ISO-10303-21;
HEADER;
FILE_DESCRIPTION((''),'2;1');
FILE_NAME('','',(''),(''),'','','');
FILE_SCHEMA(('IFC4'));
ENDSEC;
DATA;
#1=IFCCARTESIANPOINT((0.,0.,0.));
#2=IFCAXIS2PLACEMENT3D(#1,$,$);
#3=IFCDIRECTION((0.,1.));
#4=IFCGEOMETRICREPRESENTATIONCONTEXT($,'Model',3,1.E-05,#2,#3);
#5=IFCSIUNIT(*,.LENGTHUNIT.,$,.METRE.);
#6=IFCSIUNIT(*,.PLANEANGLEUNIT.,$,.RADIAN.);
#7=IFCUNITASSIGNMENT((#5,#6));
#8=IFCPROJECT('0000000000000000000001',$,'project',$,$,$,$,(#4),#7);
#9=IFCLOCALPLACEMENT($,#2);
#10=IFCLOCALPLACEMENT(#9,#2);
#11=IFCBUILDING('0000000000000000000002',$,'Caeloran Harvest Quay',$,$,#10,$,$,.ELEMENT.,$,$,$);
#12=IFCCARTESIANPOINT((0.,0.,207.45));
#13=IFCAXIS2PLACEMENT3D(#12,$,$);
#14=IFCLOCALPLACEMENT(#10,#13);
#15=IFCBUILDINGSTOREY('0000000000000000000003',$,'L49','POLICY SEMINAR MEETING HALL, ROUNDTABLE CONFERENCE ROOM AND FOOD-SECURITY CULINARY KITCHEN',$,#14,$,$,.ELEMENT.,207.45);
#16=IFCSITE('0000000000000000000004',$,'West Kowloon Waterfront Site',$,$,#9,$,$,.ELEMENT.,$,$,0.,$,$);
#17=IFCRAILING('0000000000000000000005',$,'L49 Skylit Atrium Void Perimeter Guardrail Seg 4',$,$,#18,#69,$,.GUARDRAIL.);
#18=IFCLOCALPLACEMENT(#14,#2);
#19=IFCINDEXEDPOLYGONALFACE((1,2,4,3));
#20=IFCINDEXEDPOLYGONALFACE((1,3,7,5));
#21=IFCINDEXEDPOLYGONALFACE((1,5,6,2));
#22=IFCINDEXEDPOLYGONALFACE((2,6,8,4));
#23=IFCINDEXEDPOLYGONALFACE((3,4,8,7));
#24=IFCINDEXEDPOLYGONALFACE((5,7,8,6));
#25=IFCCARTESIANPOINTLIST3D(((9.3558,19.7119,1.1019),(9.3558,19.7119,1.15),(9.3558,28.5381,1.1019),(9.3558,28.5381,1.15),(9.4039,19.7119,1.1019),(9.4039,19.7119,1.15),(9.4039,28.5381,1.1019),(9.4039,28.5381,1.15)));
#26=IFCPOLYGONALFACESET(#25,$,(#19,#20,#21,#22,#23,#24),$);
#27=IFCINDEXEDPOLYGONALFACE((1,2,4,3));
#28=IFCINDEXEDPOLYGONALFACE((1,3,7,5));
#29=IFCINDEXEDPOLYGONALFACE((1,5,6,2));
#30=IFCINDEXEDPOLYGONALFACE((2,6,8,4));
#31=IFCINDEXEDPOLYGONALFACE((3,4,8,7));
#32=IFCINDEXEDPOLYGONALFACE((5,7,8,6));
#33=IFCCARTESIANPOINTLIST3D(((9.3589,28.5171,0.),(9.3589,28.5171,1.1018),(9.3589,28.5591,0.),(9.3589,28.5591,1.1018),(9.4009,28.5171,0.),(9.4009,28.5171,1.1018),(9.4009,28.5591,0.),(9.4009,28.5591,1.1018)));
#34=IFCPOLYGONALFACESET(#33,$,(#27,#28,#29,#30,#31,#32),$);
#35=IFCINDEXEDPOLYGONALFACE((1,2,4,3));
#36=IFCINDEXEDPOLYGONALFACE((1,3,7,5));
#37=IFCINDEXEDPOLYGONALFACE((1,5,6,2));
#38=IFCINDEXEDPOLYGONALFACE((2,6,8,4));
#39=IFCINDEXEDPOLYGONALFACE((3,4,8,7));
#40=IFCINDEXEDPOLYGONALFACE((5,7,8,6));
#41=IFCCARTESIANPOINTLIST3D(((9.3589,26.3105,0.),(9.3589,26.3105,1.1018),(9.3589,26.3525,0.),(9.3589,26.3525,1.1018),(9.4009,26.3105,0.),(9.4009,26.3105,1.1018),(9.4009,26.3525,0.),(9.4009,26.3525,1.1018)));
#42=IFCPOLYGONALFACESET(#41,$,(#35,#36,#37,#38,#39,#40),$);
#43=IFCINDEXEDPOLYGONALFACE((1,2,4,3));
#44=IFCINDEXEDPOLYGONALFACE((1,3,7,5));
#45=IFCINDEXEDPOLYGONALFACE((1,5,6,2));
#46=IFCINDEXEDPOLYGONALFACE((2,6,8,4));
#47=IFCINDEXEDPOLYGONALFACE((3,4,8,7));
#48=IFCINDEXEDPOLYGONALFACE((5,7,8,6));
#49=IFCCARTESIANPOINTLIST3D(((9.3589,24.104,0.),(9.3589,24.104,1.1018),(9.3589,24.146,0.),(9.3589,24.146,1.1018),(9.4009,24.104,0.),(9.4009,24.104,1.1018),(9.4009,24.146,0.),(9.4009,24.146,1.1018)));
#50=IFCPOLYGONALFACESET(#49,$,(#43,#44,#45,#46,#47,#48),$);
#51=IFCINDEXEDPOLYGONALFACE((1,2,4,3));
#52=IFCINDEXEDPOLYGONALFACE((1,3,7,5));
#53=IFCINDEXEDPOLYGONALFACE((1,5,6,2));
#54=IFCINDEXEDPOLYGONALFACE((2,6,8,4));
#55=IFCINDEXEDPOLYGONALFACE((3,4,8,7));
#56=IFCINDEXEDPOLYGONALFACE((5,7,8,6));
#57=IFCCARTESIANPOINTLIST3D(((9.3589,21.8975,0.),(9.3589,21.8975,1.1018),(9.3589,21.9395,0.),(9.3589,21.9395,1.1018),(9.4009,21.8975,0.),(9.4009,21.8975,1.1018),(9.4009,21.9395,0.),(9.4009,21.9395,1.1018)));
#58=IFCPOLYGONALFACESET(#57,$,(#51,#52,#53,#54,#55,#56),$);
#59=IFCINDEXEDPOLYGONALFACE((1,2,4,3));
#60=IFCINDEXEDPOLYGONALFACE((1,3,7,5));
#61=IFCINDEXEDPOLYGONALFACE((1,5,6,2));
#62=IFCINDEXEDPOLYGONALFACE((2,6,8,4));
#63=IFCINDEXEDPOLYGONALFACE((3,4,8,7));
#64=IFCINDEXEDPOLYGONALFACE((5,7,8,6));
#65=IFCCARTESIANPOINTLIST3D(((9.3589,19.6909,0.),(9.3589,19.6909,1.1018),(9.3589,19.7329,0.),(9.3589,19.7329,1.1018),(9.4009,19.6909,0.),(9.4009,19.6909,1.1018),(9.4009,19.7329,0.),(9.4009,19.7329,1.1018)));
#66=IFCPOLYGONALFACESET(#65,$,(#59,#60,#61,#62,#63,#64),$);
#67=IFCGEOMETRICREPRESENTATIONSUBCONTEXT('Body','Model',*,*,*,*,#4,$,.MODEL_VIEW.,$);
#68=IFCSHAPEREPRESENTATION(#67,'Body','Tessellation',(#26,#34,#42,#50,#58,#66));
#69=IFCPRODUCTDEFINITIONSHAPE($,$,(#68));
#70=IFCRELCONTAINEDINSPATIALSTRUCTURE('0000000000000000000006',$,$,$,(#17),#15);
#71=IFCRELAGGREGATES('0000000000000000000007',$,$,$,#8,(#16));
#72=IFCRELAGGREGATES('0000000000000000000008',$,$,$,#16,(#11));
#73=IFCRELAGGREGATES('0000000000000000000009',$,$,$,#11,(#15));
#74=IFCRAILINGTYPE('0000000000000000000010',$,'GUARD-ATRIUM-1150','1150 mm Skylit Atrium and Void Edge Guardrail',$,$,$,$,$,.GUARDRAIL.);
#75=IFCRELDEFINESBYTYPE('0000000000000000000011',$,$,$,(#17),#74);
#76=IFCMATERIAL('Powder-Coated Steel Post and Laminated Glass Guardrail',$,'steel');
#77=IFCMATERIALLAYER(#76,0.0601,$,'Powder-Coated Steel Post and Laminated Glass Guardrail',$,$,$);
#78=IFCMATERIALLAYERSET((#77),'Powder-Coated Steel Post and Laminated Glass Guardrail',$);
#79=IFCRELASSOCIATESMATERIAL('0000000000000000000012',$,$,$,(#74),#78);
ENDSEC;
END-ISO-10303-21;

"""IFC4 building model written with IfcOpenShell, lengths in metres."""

from ifc_helpers import new_model, si_unit, direction, frame, origin, origin_2d, place, context, subcontext, project, spatial, rectangle, extrude, material, layer, layer_set, type_object, element, save


model = new_model("IFC4")

# Units and contexts
model_context = context("Model", 3, precision=1e-05, world=origin(), true_north=direction((0.0, 1.0)))
body_context = subcontext(model_context, "Body", "Model", "MODEL_VIEW")
ifc_project = project(units=[si_unit("LENGTHUNIT", "METRE"), si_unit("PLANEANGLEUNIT", "RADIAN")], contexts=[model_context])

# Site, building, storey
site_placement = place(None, origin())
site = spatial("IfcSite", under=ifc_project, at=site_placement, Name="West Kowloon Waterfront Site", CompositionType="ELEMENT", RefElevation=0.0)
building_placement = place(site_placement, origin())
building = spatial("IfcBuilding", under=site, at=building_placement, Name="Caeloran Harvest Quay", CompositionType="ELEMENT")
storey_placement = place(building_placement, frame((0.0, 0.0, 207.45)))
storey = spatial("IfcBuildingStorey", under=building, at=storey_placement, Name="L49", Description="POLICY SEMINAR MEETING HALL, ROUNDTABLE CONFERENCE ROOM AND FOOD-SECURITY CULINARY KITCHEN", CompositionType="ELEMENT", Elevation=207.45)

# Railing
ifc_material_1 = material(Name="Powder-Coated Steel Post and Laminated Glass Guardrail", Category="steel")
ifc_layer_1 = layer(ifc_material_1, 0.0601, Name="Powder-Coated Steel Post and Laminated Glass Guardrail")
ifc_layer_set_1 = layer_set([ifc_layer_1], Name="Powder-Coated Steel Post and Laminated Glass Guardrail")
railing_type = type_object("IfcRailingType", Name="GUARD-ATRIUM-1150", Description="1150 mm Skylit Atrium and Void Edge Guardrail", PredefinedType="GUARDRAIL", material=ifc_layer_set_1)
railing_1_placement = place(storey_placement, frame((9.3799, 28.5381, 0.0)))
element("IfcRailing", 1, at=railing_1_placement, inside=storey, type_object=railing_type, Name="L49 Skylit Atrium Void Perimeter Guardrail Seg 4", PredefinedType="GUARDRAIL", context=body_context, shape_type="SweptSolid", body=[
    extrude(rectangle(XDim=0.0481, YDim=0.0481, at=origin_2d()), frame((0.0, 0.0, 1.126), z_axis=(0.0, -1.0, 0.0), x_axis=(1.0, 0.0, 0.0)), (0.0, 0.0, 1.0), 8.8262),
    extrude(rectangle(XDim=0.042, YDim=0.042, at=origin_2d()), origin(), (0.0, 0.0, 1.0), 1.1018),
    extrude(rectangle(XDim=0.042, YDim=0.042, at=origin_2d()), frame((0.0, -2.2065, 0.0)), (0.0, 0.0, 1.0), 1.1018),
    extrude(rectangle(XDim=0.042, YDim=0.042, at=origin_2d()), frame((0.0, -4.4131, 0.0)), (0.0, 0.0, 1.0), 1.1018),
    extrude(rectangle(XDim=0.042, YDim=0.042, at=origin_2d()), frame((0.0, -6.6196, 0.0)), (0.0, 0.0, 1.0), 1.1018),
    extrude(rectangle(XDim=0.042, YDim=0.042, at=origin_2d()), frame((0.0, -8.8262, 0.0)), (0.0, 0.0, 1.0), 1.1018),
])

save(model, "model.ifc")
